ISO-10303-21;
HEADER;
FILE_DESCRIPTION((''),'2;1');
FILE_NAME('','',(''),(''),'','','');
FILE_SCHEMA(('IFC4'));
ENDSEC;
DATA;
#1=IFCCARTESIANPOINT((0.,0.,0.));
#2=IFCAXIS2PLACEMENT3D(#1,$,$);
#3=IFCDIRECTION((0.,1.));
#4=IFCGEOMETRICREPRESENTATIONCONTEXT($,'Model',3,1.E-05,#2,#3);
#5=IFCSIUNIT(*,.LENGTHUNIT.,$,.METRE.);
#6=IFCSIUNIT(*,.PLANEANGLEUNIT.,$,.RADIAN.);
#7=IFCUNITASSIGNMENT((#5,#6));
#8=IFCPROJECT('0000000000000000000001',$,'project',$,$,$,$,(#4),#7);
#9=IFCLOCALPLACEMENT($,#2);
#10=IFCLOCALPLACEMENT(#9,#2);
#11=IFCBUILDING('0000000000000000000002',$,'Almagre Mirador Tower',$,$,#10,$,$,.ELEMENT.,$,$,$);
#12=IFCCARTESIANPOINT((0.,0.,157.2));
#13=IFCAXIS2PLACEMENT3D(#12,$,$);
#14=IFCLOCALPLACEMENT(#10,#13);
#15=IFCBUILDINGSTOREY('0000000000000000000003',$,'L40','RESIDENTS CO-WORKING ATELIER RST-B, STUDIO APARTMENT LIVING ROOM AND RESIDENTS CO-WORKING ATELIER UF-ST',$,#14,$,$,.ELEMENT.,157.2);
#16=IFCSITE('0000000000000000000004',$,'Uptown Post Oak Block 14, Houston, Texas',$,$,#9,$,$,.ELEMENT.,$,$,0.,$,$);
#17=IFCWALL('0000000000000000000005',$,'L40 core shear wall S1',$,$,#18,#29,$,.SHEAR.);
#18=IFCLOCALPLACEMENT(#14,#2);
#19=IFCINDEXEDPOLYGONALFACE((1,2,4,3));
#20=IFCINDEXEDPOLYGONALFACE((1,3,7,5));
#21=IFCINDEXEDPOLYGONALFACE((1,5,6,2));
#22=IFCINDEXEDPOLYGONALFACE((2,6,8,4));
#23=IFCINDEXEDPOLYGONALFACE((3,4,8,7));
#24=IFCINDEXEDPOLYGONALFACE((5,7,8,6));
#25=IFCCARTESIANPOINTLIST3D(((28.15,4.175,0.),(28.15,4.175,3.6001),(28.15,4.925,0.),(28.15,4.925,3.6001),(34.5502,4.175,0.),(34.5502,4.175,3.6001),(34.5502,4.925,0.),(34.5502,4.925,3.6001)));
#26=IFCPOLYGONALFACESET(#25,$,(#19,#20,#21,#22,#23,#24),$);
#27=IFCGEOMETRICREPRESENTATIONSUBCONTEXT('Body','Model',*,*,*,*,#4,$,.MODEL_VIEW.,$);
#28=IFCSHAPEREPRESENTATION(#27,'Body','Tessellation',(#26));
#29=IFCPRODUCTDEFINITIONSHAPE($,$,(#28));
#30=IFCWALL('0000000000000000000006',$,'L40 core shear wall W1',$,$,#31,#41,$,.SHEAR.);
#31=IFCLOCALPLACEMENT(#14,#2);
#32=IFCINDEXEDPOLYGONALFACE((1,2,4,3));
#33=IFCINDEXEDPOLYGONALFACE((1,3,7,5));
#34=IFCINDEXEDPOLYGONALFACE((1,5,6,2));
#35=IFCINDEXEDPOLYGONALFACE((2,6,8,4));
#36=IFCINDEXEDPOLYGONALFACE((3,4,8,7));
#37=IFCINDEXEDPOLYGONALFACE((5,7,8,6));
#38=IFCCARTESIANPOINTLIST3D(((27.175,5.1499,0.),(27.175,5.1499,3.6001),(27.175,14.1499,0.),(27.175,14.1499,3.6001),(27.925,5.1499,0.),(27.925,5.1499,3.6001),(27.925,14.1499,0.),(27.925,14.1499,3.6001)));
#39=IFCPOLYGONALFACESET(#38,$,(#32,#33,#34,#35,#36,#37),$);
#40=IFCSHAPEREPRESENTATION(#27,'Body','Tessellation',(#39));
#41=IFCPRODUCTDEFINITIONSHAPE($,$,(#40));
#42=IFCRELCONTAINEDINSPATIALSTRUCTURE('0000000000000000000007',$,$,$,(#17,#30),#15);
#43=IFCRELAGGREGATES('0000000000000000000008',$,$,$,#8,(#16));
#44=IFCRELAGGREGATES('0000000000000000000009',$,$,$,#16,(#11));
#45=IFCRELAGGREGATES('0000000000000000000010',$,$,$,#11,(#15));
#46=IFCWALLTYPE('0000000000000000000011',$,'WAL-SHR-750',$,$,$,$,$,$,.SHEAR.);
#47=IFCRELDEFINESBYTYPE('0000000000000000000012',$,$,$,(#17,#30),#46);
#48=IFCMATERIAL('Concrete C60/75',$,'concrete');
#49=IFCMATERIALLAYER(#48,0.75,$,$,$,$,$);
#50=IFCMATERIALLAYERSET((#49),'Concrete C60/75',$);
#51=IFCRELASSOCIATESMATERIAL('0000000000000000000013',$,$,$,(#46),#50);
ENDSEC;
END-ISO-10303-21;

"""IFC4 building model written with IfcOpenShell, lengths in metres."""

from ifc_helpers import new_model, si_unit, direction, frame, frame_2d, origin, place, context, subcontext, project, spatial, rectangle, extrude, material, layer, layer_set, type_object, element, save


model = new_model("IFC4")

# Units and contexts
model_context = context("Model", 3, precision=1e-05, world=origin(), true_north=direction((0.0, 1.0)))
body_context = subcontext(model_context, "Body", "Model", "MODEL_VIEW")
ifc_project = project(units=[si_unit("LENGTHUNIT", "METRE"), si_unit("PLANEANGLEUNIT", "RADIAN")], contexts=[model_context])

# Site, building, storey
site_placement = place(None, origin())
site = spatial("IfcSite", under=ifc_project, at=site_placement, Name="Uptown Post Oak Block 14, Houston, Texas", CompositionType="ELEMENT", RefElevation=0.0)
building_placement = place(site_placement, origin())
building = spatial("IfcBuilding", under=site, at=building_placement, Name="Almagre Mirador Tower", CompositionType="ELEMENT")
storey_placement = place(building_placement, frame((0.0, 0.0, 157.2)))
storey = spatial("IfcBuildingStorey", under=building, at=storey_placement, Name="L40", Description="RESIDENTS CO-WORKING ATELIER RST-B, STUDIO APARTMENT LIVING ROOM AND RESIDENTS CO-WORKING ATELIER UF-ST", CompositionType="ELEMENT", Elevation=157.2)

# Walls
ifc_material_1 = material(Name="Concrete C60/75", Category="concrete")
ifc_layer_1 = layer(ifc_material_1, 0.75)
ifc_layer_set_1 = layer_set([ifc_layer_1], Name="Concrete C60/75")
wall_type_1 = type_object("IfcWallType", Name="WAL-SHR-750", PredefinedType="SHEAR", material=ifc_layer_set_1)
wall_1_placement = place(storey_placement, frame((28.1499, 4.55, 0.0), z_axis=(0.0, 0.0, 1.0), x_axis=(1.0, 0.0, 0.0)))
element("IfcWall", 1, at=wall_1_placement, inside=storey, type_object=wall_type_1, Name="L40 core shear wall S1", PredefinedType="SHEAR", context=body_context, shape_type="SweptSolid", body=[
    extrude(rectangle(XDim=6.4001, YDim=0.75, at=frame_2d((3.2002, 0.0))), origin(), (0.0, 0.0, 1.0), 3.6001),
])
wall_2_placement = place(storey_placement, frame((27.55, 5.1499, 0.0), z_axis=(0.0, 0.0, 1.0), x_axis=(0.0, 1.0, 0.0)))
element("IfcWall", 2, at=wall_2_placement, inside=storey, type_object=wall_type_1, Name="L40 core shear wall W1", PredefinedType="SHEAR", context=body_context, shape_type="SweptSolid", body=[
    extrude(rectangle(XDim=9.0, YDim=0.75, at=frame_2d((4.5, 0.0))), origin(), (0.0, 0.0, 1.0), 3.6001),
])

save(model, "model.ifc")
